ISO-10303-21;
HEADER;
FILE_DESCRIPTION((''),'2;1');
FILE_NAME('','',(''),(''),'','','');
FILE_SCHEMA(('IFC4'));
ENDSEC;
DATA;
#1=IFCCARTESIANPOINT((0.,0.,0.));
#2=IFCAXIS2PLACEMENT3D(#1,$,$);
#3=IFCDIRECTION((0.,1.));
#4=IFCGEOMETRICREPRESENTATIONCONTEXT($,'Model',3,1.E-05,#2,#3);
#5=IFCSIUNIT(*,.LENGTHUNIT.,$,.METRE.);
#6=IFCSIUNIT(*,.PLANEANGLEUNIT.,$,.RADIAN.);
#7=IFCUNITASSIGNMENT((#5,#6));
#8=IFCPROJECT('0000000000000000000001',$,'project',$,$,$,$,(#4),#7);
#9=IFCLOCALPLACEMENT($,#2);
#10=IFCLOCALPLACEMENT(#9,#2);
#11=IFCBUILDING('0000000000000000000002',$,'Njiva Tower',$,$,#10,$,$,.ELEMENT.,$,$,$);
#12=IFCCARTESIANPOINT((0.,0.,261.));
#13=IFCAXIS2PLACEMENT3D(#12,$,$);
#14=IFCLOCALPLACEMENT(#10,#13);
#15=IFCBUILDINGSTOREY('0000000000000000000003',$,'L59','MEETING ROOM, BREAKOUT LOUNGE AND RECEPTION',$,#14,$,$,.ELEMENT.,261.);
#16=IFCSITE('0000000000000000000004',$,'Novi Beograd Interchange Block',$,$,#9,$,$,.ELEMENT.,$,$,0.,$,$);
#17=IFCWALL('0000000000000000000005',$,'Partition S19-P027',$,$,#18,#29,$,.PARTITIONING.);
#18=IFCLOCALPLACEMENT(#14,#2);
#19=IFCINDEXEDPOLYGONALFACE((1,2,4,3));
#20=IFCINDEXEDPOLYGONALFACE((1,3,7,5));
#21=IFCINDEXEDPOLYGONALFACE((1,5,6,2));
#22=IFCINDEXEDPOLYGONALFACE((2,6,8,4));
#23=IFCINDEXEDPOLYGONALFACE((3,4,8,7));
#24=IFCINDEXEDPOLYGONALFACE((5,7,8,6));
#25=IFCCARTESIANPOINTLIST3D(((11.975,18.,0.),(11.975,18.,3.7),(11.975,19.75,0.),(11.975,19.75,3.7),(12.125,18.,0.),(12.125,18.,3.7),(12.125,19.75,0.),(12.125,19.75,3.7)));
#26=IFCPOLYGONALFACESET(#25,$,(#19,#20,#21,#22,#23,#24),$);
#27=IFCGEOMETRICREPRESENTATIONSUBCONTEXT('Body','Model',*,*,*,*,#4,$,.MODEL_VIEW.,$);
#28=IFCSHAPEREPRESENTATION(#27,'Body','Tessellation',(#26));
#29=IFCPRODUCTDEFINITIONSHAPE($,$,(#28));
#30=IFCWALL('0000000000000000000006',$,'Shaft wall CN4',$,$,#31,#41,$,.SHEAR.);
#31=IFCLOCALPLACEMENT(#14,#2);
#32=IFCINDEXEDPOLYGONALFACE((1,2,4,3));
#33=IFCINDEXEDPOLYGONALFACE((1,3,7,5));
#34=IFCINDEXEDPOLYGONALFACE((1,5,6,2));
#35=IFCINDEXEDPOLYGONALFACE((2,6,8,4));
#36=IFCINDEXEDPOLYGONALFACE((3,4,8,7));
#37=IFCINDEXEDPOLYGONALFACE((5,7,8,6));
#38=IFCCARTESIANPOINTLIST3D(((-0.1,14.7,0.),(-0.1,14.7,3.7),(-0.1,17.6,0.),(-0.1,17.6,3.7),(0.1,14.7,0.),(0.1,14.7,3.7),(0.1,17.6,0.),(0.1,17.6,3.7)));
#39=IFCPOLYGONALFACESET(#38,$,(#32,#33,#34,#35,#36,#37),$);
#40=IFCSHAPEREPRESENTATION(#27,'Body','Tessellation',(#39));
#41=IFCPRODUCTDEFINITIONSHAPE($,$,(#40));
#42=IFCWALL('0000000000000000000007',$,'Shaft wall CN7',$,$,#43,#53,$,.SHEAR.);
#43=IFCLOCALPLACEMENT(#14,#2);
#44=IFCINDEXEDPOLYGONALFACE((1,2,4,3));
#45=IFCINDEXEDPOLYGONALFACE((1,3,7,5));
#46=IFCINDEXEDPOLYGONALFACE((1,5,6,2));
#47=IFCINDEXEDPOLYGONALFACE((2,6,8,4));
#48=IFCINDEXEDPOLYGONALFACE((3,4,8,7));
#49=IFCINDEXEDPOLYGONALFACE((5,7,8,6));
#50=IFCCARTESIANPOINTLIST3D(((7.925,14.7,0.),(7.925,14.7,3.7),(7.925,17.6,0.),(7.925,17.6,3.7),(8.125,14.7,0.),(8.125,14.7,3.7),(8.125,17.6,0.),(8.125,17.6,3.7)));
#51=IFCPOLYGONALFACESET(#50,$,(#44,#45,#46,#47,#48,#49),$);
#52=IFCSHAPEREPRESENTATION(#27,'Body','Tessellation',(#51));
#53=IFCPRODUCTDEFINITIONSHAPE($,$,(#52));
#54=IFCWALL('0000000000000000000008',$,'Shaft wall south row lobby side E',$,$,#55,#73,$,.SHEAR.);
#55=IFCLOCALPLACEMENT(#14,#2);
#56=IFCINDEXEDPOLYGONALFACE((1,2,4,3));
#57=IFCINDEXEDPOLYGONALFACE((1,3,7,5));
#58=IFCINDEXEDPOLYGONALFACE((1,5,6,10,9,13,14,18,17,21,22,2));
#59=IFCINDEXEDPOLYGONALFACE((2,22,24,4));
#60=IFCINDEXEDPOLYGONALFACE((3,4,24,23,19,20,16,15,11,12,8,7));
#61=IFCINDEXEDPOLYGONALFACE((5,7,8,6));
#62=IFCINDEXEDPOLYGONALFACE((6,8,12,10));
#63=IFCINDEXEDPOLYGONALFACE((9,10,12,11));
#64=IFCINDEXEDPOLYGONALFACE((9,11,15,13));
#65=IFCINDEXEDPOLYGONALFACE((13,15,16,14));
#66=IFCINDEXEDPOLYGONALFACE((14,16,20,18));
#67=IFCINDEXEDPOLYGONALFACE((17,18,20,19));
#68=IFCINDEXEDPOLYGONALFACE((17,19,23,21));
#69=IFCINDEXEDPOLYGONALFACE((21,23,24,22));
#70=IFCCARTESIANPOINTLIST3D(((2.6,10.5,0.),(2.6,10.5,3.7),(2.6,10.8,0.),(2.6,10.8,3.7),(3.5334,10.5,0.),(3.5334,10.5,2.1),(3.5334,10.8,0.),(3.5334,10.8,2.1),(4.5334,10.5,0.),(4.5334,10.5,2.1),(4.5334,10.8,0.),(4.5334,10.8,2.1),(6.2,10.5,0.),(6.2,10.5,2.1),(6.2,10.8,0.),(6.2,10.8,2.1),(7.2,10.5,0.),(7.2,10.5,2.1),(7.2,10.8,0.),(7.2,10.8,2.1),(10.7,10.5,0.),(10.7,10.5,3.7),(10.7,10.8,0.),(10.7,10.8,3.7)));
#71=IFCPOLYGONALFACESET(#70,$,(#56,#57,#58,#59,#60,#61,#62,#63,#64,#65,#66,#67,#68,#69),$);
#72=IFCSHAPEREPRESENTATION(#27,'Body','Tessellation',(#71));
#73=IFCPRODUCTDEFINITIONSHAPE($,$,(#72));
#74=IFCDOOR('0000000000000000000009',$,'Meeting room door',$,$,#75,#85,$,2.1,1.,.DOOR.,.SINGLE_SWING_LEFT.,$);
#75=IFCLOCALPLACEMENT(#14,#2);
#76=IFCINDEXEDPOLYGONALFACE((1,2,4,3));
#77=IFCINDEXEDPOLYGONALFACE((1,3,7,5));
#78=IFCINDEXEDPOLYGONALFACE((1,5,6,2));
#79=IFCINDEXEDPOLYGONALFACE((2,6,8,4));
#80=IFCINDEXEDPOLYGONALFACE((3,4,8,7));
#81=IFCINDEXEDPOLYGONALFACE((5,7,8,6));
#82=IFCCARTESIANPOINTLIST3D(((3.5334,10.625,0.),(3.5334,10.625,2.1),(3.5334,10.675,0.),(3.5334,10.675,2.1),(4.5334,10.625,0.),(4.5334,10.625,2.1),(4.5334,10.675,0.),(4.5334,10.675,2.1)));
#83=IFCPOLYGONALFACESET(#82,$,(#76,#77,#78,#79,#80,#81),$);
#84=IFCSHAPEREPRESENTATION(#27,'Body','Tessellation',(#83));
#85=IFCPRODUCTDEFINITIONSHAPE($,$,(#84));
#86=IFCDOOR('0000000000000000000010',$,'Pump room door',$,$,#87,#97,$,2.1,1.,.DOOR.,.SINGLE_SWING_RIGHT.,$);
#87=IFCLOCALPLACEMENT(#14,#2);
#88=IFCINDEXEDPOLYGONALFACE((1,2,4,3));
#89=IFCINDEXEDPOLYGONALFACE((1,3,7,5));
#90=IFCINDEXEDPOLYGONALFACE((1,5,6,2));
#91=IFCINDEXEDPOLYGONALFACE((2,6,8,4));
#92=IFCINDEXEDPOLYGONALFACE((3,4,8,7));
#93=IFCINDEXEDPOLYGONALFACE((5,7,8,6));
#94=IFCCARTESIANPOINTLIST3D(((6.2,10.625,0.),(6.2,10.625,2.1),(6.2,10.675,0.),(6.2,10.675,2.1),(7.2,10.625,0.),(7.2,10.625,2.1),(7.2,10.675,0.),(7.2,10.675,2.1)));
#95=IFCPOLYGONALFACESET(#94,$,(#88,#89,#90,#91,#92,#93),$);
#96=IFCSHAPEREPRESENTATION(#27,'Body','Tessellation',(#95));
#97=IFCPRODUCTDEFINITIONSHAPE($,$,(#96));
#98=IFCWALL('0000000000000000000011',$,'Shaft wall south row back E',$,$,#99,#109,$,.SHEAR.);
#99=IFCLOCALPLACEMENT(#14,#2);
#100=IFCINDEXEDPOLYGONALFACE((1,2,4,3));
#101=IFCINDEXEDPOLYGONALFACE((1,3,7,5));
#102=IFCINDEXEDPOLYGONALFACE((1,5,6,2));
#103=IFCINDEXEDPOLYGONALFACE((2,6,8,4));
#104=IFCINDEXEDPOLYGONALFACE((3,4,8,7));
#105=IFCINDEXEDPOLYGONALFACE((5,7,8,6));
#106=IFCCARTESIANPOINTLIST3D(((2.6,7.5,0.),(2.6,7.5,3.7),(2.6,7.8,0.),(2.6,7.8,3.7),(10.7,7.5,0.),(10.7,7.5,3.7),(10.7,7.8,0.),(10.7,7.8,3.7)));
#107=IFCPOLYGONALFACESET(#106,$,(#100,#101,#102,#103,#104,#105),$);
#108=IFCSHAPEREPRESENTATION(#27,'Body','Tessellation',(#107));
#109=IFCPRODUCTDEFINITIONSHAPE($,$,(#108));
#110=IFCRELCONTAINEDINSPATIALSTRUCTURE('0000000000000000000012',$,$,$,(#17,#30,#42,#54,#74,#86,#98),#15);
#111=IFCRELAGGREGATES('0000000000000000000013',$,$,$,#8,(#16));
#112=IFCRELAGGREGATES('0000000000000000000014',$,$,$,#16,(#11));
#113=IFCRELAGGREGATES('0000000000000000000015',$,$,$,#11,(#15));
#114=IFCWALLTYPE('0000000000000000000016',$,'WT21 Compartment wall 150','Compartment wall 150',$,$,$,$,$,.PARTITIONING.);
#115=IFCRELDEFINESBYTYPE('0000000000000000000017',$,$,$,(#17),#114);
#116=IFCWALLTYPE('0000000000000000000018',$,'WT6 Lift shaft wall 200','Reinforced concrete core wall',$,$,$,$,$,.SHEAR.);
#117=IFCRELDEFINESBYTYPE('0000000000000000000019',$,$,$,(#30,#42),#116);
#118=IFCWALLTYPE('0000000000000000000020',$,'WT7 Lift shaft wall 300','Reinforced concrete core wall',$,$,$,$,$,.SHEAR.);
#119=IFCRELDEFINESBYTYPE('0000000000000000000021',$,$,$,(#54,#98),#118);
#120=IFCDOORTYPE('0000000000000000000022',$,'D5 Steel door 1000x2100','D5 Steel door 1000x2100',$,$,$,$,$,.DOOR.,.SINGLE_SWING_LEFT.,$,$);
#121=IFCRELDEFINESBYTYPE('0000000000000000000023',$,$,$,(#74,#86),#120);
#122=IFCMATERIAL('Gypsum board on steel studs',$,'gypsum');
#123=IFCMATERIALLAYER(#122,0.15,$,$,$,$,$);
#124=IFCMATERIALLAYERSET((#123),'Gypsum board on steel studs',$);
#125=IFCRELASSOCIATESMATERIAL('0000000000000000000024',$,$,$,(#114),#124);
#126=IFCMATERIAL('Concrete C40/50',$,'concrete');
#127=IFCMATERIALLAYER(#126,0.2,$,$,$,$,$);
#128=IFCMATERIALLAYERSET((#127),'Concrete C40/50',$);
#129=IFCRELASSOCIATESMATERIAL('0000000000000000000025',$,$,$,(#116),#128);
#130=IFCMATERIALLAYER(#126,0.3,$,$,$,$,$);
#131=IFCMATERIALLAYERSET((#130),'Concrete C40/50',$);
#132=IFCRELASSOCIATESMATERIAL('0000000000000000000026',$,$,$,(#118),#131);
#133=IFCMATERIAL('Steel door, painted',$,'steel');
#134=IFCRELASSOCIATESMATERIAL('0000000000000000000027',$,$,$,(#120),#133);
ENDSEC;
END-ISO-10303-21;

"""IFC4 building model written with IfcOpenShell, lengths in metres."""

from ifc_helpers import new_model, si_unit, direction, frame, frame_2d, origin, place, context, subcontext, project, spatial, rectangle, extrude, material, layer, layer_set, type_object, element, fill, save


model = new_model("IFC4")

# Units and contexts
model_context = context("Model", 3, precision=1e-05, world=origin(), true_north=direction((0.0, 1.0)))
body_context = subcontext(model_context, "Body", "Model", "MODEL_VIEW")
ifc_project = project(units=[si_unit("LENGTHUNIT", "METRE"), si_unit("PLANEANGLEUNIT", "RADIAN")], contexts=[model_context])

# Site, building, storey
site_placement = place(None, origin())
site = spatial("IfcSite", under=ifc_project, at=site_placement, Name="Novi Beograd Interchange Block", CompositionType="ELEMENT", RefElevation=0.0)
building_placement = place(site_placement, origin())
building = spatial("IfcBuilding", under=site, at=building_placement, Name="Njiva Tower", CompositionType="ELEMENT")
storey_placement = place(building_placement, frame((0.0, 0.0, 261.0)))
storey = spatial("IfcBuildingStorey", under=building, at=storey_placement, Name="L59", Description="MEETING ROOM, BREAKOUT LOUNGE AND RECEPTION", CompositionType="ELEMENT", Elevation=261.0)

# Shared definitions
ifc_material_1 = material(Name="Concrete C40/50", Category="concrete")
ifc_material_2 = material(Name="Steel door, painted", Category="steel")

# Walls
ifc_material_3 = material(Name="Gypsum board on steel studs", Category="gypsum")
ifc_layer_1 = layer(ifc_material_3, 0.15)
ifc_layer_set_1 = layer_set([ifc_layer_1], Name="Gypsum board on steel studs")
wall_type_1 = type_object("IfcWallType", Name="WT21 Compartment wall 150", Description="Compartment wall 150", PredefinedType="PARTITIONING", material=ifc_layer_set_1)
wall_1_placement = place(storey_placement, frame((12.05, 18.0, 0.0), z_axis=(0.0, 0.0, 1.0), x_axis=(0.0, 1.0, 0.0)))
element("IfcWall", 1, at=wall_1_placement, inside=storey, type_object=wall_type_1, Name="Partition S19-P027", PredefinedType="PARTITIONING", context=body_context, shape_type="SweptSolid", body=[
    extrude(rectangle(XDim=1.75, YDim=0.15, at=frame_2d((0.875, 0.0))), origin(), (0.0, 0.0, 1.0), 3.7),
])
ifc_layer_2 = layer(ifc_material_1, 0.2)
ifc_layer_set_2 = layer_set([ifc_layer_2], Name="Concrete C40/50")
wall_type_2 = type_object("IfcWallType", Name="WT6 Lift shaft wall 200", Description="Reinforced concrete core wall", PredefinedType="SHEAR", material=ifc_layer_set_2)
for number, where, z_axis, x_axis, name in (
    (2, (0.0, 14.7, 0.0), (0.0, 0.0, 1.0), (0.0, 1.0, 0.0), "Shaft wall CN4"),
    (3, (8.025, 14.7, 0.0), (0.0, 0.0, 1.0), (0.0, 1.0, 0.0), "Shaft wall CN7"),
):
    element("IfcWall", number, at=place(storey_placement, frame(where, z_axis=z_axis, x_axis=x_axis)), inside=storey, type_object=wall_type_2, Name=name, PredefinedType="SHEAR", context=body_context, shape_type="SweptSolid", body=[
        extrude(rectangle(XDim=2.9, YDim=0.2, at=frame_2d((1.45, 0.0))), origin(), (0.0, 0.0, 1.0), 3.7),
    ])

# Wall, openings, doors
ifc_layer_3 = layer(ifc_material_1, 0.3)
ifc_layer_set_3 = layer_set([ifc_layer_3], Name="Concrete C40/50")
wall_type_3 = type_object("IfcWallType", Name="WT7 Lift shaft wall 300", Description="Reinforced concrete core wall", PredefinedType="SHEAR", material=ifc_layer_set_3)
wall_2_placement = place(storey_placement, frame((2.6, 10.65, 0.0), z_axis=(0.0, 0.0, 1.0), x_axis=(1.0, 0.0, 0.0)))
wall_2 = element("IfcWall", 4, at=wall_2_placement, inside=storey, type_object=wall_type_3, Name="Shaft wall south row lobby side E", PredefinedType="SHEAR", context=body_context, shape_type="SweptSolid", body=[
    extrude(rectangle(XDim=8.1, YDim=0.3, at=frame_2d((4.05, 0.0))), origin(), (0.0, 0.0, 1.0), 3.7),
])
opening_1_placement = place(wall_2_placement, frame((0.9334, 0.0, 0.0)))
opening_1 = element("IfcOpeningElement", 5, at=opening_1_placement, cuts=wall_2, PredefinedType="OPENING", context=body_context, shape_type="SweptSolid", body=[
    extrude(rectangle(XDim=1.0, YDim=2.1, at=frame_2d((0.5, 1.05))), frame((0.0, 0.16, 0.0), z_axis=(0.0, -1.0, 0.0), x_axis=(1.0, 0.0, 0.0)), (0.0, 0.0, 1.0), 0.32),
])
opening_2_placement = place(wall_2_placement, frame((3.6, 0.0, 0.0)))
opening_2 = element("IfcOpeningElement", 6, at=opening_2_placement, cuts=wall_2, PredefinedType="OPENING", context=body_context, shape_type="SweptSolid", body=[
    extrude(rectangle(XDim=1.0, YDim=2.1, at=frame_2d((0.5, 1.05))), frame((0.0, 0.16, 0.0), z_axis=(0.0, -1.0, 0.0), x_axis=(1.0, 0.0, 0.0)), (0.0, 0.0, 1.0), 0.32),
])
door_type_1 = type_object("IfcDoorType", Name="D5 Steel door 1000x2100", Description="D5 Steel door 1000x2100", OperationType="SINGLE_SWING_LEFT", PredefinedType="DOOR", material=ifc_material_2)
door_1_placement = place(opening_1_placement, origin())
door_1 = element("IfcDoor", 7, at=door_1_placement, inside=storey, type_object=door_type_1, Name="Meeting room door", OperationType="SINGLE_SWING_LEFT", OverallHeight=2.1, OverallWidth=1.0, PredefinedType="DOOR", context=body_context, shape_type="SweptSolid", body=[
    extrude(rectangle(XDim=1.0, YDim=2.1, at=frame_2d((0.5, 1.05))), frame((0.0, 0.025, 0.0), z_axis=(0.0, -1.0, 0.0), x_axis=(1.0, 0.0, 0.0)), (0.0, 0.0, 1.0), 0.05),
])
fill(opening_1, door_1)
door_2_placement = place(opening_2_placement, origin())
door_2 = element("IfcDoor", 8, at=door_2_placement, inside=storey, type_object=door_type_1, Name="Pump room door", OperationType="SINGLE_SWING_RIGHT", OverallHeight=2.1, OverallWidth=1.0, PredefinedType="DOOR", context=body_context, shape_type="SweptSolid", body=[
    extrude(rectangle(XDim=1.0, YDim=2.1, at=frame_2d((0.5, 1.05))), frame((0.0, 0.025, 0.0), z_axis=(0.0, -1.0, 0.0), x_axis=(1.0, 0.0, 0.0)), (0.0, 0.0, 1.0), 0.05),
])
fill(opening_2, door_2)

# Wall
wall_3_placement = place(storey_placement, frame((2.6, 7.65, 0.0), z_axis=(0.0, 0.0, 1.0), x_axis=(1.0, 0.0, 0.0)))
element("IfcWall", 9, at=wall_3_placement, inside=storey, type_object=wall_type_3, Name="Shaft wall south row back E", PredefinedType="SHEAR", context=body_context, shape_type="SweptSolid", body=[
    extrude(rectangle(XDim=8.1, YDim=0.3, at=frame_2d((4.05, 0.0))), origin(), (0.0, 0.0, 1.0), 3.7),
])

save(model, "model.ifc")
